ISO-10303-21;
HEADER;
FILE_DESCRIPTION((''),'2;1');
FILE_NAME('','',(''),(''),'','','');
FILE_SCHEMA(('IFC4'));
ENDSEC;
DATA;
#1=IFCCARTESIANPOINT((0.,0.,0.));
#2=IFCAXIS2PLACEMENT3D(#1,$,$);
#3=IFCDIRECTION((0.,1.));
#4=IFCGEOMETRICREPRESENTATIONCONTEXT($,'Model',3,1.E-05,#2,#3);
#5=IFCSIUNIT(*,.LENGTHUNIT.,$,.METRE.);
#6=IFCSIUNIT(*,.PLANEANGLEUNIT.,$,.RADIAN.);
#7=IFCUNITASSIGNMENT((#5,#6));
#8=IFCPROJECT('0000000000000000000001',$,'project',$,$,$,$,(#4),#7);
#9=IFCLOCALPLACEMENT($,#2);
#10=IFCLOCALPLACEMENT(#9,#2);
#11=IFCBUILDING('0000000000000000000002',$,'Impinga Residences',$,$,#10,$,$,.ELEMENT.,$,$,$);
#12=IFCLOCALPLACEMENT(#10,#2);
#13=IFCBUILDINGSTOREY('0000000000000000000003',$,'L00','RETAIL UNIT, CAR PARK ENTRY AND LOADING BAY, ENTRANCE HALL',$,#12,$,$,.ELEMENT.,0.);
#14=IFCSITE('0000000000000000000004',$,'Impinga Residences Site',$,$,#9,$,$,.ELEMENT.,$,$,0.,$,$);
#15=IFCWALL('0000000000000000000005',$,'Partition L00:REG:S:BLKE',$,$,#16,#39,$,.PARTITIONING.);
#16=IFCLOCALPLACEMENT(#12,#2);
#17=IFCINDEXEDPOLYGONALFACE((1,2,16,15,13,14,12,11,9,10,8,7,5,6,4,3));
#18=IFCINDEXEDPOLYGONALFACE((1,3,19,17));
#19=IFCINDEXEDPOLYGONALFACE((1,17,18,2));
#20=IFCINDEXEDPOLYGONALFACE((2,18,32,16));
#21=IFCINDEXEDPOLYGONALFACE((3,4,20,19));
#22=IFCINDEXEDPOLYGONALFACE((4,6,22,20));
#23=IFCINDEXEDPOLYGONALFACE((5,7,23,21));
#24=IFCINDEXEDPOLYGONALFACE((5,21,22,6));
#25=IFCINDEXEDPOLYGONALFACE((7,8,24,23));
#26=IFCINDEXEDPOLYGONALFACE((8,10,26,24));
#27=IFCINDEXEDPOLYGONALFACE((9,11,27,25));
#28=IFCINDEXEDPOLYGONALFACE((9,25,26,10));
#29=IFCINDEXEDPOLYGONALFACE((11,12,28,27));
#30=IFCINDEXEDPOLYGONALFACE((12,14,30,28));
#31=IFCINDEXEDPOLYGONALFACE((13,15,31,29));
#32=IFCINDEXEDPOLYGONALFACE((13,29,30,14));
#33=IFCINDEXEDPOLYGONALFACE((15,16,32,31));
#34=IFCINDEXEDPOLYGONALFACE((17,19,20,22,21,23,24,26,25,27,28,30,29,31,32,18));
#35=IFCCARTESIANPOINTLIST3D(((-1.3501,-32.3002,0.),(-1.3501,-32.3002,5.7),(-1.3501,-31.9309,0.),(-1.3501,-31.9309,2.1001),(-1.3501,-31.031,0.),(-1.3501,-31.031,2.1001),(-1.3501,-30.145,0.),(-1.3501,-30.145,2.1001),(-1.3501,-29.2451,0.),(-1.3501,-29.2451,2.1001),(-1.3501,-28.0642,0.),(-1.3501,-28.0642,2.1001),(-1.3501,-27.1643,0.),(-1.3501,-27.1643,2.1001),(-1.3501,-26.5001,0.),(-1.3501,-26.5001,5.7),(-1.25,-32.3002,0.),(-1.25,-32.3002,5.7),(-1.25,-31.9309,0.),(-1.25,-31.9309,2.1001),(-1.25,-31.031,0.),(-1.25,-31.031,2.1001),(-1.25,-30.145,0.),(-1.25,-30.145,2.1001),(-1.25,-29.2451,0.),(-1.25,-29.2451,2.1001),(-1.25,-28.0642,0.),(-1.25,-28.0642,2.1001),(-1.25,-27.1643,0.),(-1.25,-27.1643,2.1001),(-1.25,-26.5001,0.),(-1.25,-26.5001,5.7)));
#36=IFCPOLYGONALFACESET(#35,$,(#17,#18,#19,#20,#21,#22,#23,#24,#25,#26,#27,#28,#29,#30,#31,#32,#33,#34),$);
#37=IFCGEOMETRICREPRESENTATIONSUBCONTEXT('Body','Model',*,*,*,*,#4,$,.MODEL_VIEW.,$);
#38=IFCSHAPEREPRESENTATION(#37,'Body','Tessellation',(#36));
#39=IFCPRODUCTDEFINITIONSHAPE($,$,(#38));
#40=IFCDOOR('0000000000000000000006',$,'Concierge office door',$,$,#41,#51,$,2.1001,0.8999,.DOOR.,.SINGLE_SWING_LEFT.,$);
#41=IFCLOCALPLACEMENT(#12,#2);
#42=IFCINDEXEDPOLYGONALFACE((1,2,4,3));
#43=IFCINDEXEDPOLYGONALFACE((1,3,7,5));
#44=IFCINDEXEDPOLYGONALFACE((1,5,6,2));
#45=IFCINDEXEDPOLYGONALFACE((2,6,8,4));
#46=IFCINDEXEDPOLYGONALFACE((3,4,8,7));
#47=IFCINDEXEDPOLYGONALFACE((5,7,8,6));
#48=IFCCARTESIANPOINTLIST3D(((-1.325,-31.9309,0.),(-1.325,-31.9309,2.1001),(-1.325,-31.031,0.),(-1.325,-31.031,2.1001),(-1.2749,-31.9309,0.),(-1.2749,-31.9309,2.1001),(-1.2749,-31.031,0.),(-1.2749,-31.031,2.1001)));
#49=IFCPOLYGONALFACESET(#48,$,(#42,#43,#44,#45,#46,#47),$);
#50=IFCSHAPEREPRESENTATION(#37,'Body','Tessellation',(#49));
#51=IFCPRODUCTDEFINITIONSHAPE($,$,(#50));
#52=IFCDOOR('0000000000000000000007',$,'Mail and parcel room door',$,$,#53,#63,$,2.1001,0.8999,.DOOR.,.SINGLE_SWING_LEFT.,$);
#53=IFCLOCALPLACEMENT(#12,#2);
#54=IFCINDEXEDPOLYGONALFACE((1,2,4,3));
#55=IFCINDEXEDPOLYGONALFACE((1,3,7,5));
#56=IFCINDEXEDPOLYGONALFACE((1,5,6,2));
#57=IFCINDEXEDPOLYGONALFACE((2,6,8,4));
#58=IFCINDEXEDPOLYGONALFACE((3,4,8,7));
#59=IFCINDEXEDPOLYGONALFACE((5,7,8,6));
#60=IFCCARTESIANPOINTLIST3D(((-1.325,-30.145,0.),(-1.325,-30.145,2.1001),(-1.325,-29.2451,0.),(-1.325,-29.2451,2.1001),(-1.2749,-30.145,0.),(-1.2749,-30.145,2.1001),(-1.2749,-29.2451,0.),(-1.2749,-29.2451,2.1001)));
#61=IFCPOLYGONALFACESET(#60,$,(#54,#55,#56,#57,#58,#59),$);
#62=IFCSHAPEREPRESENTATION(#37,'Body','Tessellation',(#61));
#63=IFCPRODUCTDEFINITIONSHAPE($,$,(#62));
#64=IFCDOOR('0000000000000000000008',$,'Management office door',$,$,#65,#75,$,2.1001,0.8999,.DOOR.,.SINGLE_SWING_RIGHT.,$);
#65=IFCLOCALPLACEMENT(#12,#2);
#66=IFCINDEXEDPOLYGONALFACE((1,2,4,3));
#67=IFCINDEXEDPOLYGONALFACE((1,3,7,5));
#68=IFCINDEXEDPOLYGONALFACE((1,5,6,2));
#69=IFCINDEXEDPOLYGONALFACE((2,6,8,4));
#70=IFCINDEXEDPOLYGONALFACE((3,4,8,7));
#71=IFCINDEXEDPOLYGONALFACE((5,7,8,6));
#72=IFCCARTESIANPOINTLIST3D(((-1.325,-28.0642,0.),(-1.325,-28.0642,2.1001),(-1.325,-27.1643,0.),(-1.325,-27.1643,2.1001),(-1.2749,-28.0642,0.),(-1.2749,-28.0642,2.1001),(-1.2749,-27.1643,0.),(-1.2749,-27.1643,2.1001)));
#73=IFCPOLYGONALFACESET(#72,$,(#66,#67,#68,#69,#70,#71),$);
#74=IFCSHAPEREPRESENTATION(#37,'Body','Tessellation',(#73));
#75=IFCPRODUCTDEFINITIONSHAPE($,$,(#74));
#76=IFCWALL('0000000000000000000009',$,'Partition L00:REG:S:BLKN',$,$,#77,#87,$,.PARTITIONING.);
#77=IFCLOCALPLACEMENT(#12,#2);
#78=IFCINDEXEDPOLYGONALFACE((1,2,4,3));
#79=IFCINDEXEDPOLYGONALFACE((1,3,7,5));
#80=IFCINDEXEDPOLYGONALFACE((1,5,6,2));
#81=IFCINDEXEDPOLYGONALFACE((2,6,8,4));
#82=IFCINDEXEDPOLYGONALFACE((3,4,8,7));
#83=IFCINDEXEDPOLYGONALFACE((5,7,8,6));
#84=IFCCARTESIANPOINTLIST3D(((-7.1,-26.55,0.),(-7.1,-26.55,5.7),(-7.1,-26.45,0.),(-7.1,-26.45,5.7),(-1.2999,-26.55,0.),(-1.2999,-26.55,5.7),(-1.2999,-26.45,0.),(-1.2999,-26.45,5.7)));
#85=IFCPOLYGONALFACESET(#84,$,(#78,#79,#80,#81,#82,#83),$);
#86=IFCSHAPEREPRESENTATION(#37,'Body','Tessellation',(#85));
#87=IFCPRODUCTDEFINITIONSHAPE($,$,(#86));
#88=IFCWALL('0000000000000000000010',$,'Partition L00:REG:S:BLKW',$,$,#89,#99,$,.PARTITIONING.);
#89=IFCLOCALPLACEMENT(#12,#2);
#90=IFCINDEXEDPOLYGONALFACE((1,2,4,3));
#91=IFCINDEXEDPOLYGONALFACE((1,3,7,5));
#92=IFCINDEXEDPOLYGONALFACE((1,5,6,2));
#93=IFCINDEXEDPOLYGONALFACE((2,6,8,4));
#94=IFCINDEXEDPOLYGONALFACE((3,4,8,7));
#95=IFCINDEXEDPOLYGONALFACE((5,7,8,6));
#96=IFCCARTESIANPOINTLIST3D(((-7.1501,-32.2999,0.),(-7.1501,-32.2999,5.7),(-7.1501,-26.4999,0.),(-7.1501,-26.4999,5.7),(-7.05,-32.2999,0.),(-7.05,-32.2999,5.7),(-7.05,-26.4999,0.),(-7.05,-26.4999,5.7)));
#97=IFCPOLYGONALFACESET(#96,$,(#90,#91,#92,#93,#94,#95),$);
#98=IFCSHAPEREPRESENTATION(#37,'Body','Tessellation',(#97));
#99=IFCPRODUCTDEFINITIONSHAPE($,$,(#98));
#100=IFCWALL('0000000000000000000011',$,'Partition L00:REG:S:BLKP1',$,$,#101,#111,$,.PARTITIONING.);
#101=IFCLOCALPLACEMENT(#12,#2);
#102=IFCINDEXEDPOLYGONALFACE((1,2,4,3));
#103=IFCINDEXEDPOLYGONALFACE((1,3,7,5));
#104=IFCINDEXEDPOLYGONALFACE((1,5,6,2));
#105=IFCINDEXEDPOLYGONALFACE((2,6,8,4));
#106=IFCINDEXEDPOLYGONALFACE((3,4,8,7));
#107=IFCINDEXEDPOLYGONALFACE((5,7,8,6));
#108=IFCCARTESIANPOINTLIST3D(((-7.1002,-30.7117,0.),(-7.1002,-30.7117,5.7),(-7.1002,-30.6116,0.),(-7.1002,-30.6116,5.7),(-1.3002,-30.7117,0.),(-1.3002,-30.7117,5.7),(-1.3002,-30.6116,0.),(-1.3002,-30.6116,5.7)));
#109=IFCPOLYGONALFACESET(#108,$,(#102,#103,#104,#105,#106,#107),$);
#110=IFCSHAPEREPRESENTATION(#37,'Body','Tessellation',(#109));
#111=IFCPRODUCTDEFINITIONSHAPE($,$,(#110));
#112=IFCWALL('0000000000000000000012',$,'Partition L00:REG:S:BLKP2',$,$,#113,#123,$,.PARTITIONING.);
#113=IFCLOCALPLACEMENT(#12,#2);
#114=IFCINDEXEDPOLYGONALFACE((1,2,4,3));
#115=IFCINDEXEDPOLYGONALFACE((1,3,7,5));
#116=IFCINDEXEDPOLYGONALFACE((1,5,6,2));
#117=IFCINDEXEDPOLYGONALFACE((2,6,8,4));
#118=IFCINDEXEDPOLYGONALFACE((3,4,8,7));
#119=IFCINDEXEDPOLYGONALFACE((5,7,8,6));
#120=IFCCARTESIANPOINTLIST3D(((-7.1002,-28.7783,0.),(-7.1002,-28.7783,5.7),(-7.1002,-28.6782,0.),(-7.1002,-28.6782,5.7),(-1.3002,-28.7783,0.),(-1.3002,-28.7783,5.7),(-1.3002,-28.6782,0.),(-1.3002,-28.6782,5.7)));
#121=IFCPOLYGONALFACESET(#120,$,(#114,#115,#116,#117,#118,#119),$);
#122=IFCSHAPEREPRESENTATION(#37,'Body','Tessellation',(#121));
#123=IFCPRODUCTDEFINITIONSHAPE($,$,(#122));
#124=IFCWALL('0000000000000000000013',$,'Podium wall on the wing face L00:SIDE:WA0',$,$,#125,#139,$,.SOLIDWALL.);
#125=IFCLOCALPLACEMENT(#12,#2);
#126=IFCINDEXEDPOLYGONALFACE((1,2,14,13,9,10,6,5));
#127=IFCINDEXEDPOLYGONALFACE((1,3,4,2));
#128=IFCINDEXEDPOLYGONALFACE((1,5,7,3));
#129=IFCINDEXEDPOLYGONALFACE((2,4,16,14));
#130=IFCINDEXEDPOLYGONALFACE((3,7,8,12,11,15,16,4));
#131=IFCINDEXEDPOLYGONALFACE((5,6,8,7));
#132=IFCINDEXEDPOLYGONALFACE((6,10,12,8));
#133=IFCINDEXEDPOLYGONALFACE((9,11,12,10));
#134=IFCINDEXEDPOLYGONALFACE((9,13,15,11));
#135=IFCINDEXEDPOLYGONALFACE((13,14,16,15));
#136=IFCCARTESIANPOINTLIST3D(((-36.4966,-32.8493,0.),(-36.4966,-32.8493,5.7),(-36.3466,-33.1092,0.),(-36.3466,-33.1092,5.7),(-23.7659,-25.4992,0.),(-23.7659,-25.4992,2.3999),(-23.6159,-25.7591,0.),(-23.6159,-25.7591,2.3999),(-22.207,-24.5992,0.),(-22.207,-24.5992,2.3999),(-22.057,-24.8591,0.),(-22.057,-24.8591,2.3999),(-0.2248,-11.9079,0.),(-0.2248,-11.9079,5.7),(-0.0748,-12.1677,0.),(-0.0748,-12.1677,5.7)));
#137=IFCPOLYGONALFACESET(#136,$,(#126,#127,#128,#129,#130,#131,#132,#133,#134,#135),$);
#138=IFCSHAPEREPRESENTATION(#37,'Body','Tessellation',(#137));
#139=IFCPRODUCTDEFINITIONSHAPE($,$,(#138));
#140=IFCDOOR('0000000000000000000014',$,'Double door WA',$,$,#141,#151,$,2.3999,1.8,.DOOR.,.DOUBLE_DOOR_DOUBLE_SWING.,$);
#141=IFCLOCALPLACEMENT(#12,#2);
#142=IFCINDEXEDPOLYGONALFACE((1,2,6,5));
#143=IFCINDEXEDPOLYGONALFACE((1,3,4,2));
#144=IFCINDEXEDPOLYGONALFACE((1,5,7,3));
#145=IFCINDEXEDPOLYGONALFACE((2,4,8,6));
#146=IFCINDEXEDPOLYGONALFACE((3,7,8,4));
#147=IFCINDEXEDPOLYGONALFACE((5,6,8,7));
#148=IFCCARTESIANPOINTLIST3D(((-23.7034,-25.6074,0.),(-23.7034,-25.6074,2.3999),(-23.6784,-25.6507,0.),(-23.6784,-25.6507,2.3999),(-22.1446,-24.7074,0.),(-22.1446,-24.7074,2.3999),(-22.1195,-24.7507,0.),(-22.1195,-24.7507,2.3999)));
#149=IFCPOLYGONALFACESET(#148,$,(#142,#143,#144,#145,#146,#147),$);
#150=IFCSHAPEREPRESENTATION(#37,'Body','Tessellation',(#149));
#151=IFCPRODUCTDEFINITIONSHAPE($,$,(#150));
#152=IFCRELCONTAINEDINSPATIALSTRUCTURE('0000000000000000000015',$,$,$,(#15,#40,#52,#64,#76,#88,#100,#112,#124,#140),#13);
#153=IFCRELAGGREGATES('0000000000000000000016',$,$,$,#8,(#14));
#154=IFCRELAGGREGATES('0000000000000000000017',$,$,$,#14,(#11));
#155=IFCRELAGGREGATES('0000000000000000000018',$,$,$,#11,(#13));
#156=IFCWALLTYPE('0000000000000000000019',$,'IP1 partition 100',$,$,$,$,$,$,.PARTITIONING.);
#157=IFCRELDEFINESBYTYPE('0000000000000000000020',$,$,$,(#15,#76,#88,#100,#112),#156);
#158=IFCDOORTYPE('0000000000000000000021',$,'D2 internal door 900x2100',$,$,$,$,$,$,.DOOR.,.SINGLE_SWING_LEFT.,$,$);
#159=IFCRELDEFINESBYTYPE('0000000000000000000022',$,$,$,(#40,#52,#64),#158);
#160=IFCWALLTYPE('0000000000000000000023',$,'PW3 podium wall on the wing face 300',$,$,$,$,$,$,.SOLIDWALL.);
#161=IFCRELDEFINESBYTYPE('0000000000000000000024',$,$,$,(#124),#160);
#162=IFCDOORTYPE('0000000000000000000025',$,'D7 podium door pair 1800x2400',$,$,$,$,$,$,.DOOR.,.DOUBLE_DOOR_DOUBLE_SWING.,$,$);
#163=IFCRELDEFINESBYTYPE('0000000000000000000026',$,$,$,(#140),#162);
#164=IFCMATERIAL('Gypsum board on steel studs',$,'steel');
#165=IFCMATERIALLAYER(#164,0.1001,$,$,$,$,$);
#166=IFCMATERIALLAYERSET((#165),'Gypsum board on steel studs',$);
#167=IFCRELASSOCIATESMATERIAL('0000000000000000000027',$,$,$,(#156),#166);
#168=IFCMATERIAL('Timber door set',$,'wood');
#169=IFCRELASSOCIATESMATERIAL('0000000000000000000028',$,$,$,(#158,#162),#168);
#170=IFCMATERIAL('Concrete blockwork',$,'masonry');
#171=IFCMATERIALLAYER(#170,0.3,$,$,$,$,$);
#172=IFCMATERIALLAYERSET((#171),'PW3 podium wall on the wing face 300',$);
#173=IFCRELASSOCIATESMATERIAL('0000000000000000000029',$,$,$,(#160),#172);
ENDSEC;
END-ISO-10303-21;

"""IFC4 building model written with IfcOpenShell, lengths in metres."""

from ifc_helpers import new_model, si_unit, direction, frame, frame_2d, origin, place, context, subcontext, project, spatial, rectangle, extrude, material, layer, layer_set, type_object, element, fill, save


model = new_model("IFC4")

# Units and contexts
model_context = context("Model", 3, precision=1e-05, world=origin(), true_north=direction((0.0, 1.0)))
body_context = subcontext(model_context, "Body", "Model", "MODEL_VIEW")
ifc_project = project(units=[si_unit("LENGTHUNIT", "METRE"), si_unit("PLANEANGLEUNIT", "RADIAN")], contexts=[model_context])

# Site, building, storey
site_placement = place(None, origin())
site = spatial("IfcSite", under=ifc_project, at=site_placement, Name="Impinga Residences Site", CompositionType="ELEMENT", RefElevation=0.0)
building_placement = place(site_placement, origin())
building = spatial("IfcBuilding", under=site, at=building_placement, Name="Impinga Residences", CompositionType="ELEMENT")
storey_placement = place(building_placement, origin())
storey = spatial("IfcBuildingStorey", under=building, at=storey_placement, Name="L00", Description="RETAIL UNIT, CAR PARK ENTRY AND LOADING BAY, ENTRANCE HALL", CompositionType="ELEMENT", Elevation=0.0)

# Wall, openings, doors
ifc_material_1 = material(Name="Gypsum board on steel studs", Category="steel")
ifc_layer_1 = layer(ifc_material_1, 0.1001)
ifc_layer_set_1 = layer_set([ifc_layer_1], Name="Gypsum board on steel studs")
wall_type_1 = type_object("IfcWallType", Name="IP1 partition 100", PredefinedType="PARTITIONING", material=ifc_layer_set_1)
wall_1_placement = place(storey_placement, frame((-1.3, -32.3, 0.0), z_axis=(0.0, 0.0, 1.0), x_axis=(0.0, 1.0, 0.0)))
wall_1 = element("IfcWall", 1, at=wall_1_placement, inside=storey, type_object=wall_type_1, Name="Partition L00:REG:S:BLKE", PredefinedType="PARTITIONING", context=body_context, shape_type="SweptSolid", body=[
    extrude(rectangle(XDim=5.8, YDim=0.1001, at=frame_2d((2.8999, 0.0))), origin(), (0.0, 0.0, 1.0), 5.7),
])
opening_1_placement = place(wall_1_placement, frame((0.3691, 0.0, 0.0)))
opening_1 = element("IfcOpeningElement", 2, at=opening_1_placement, cuts=wall_1, PredefinedType="OPENING", context=body_context, shape_type="SweptSolid", body=[
    extrude(rectangle(XDim=0.8999, YDim=2.1001, at=frame_2d((0.45, 1.05))), frame((0.0, 0.0601, 0.0), z_axis=(0.0, -1.0, 0.0), x_axis=(1.0, 0.0, 0.0)), (0.0, 0.0, 1.0), 0.1201),
])
opening_2_placement = place(wall_1_placement, frame((2.155, 0.0, 0.0)))
opening_2 = element("IfcOpeningElement", 3, at=opening_2_placement, cuts=wall_1, PredefinedType="OPENING", context=body_context, shape_type="SweptSolid", body=[
    extrude(rectangle(XDim=0.8999, YDim=2.1001, at=frame_2d((0.45, 1.05))), frame((0.0, 0.0601, 0.0), z_axis=(0.0, -1.0, 0.0), x_axis=(1.0, 0.0, 0.0)), (0.0, 0.0, 1.0), 0.1201),
])
opening_3_placement = place(wall_1_placement, frame((4.2358, 0.0, 0.0)))
opening_3 = element("IfcOpeningElement", 4, at=opening_3_placement, cuts=wall_1, PredefinedType="OPENING", context=body_context, shape_type="SweptSolid", body=[
    extrude(rectangle(XDim=0.8999, YDim=2.1001, at=frame_2d((0.45, 1.05))), frame((0.0, 0.0601, 0.0), z_axis=(0.0, -1.0, 0.0), x_axis=(1.0, 0.0, 0.0)), (0.0, 0.0, 1.0), 0.1201),
])
ifc_material_2 = material(Name="Timber door set", Category="wood")
door_type_1 = type_object("IfcDoorType", Name="D2 internal door 900x2100", OperationType="SINGLE_SWING_LEFT", PredefinedType="DOOR", material=ifc_material_2)
door_1_placement = place(opening_1_placement, origin())
door_1 = element("IfcDoor", 5, at=door_1_placement, inside=storey, type_object=door_type_1, Name="Concierge office door", OperationType="SINGLE_SWING_LEFT", OverallHeight=2.1001, OverallWidth=0.8999, PredefinedType="DOOR", context=body_context, shape_type="SweptSolid", body=[
    extrude(rectangle(XDim=0.8999, YDim=2.1001, at=frame_2d((0.45, 1.05))), frame((0.0, 0.0249, 0.0), z_axis=(0.0, -1.0, 0.0), x_axis=(1.0, 0.0, 0.0)), (0.0, 0.0, 1.0), 0.05),
])
fill(opening_1, door_1)
door_2_placement = place(opening_2_placement, origin())
door_2 = element("IfcDoor", 6, at=door_2_placement, inside=storey, type_object=door_type_1, Name="Mail and parcel room door", OperationType="SINGLE_SWING_LEFT", OverallHeight=2.1001, OverallWidth=0.8999, PredefinedType="DOOR", context=body_context, shape_type="SweptSolid", body=[
    extrude(rectangle(XDim=0.8999, YDim=2.1001, at=frame_2d((0.45, 1.05))), frame((0.0, 0.0249, 0.0), z_axis=(0.0, -1.0, 0.0), x_axis=(1.0, 0.0, 0.0)), (0.0, 0.0, 1.0), 0.05),
])
fill(opening_2, door_2)
door_3_placement = place(opening_3_placement, origin())
door_3 = element("IfcDoor", 7, at=door_3_placement, inside=storey, type_object=door_type_1, Name="Management office door", OperationType="SINGLE_SWING_RIGHT", OverallHeight=2.1001, OverallWidth=0.8999, PredefinedType="DOOR", context=body_context, shape_type="SweptSolid", body=[
    extrude(rectangle(XDim=0.8999, YDim=2.1001, at=frame_2d((0.45, 1.05))), frame((0.0, 0.0249, 0.0), z_axis=(0.0, -1.0, 0.0), x_axis=(1.0, 0.0, 0.0)), (0.0, 0.0, 1.0), 0.05),
])
fill(opening_3, door_3)

# Walls
for number, where, z_axis, x_axis, name in (
    (8, (-1.3, -26.5, 0.0), (0.0, 0.0, 1.0), (-1.0, 0.0, 0.0), "Partition L00:REG:S:BLKN"),
    (9, (-7.1001, -26.5, 0.0), (0.0, 0.0, 1.0), (0.0, -1.0, 0.0), "Partition L00:REG:S:BLKW"),
    (10, (-7.1001, -30.6616, 0.0), (0.0, 0.0, 1.0), (1.0, 0.0, 0.0), "Partition L00:REG:S:BLKP1"),
    (11, (-7.1001, -28.7283, 0.0), (0.0, 0.0, 1.0), (1.0, 0.0, 0.0), "Partition L00:REG:S:BLKP2"),
):
    element("IfcWall", number, at=place(storey_placement, frame(where, z_axis=z_axis, x_axis=x_axis)), inside=storey, type_object=wall_type_1, Name=name, PredefinedType="PARTITIONING", context=body_context, shape_type="SweptSolid", body=[
        extrude(rectangle(XDim=5.8, YDim=0.1001, at=frame_2d((2.8999, 0.0))), origin(), (0.0, 0.0, 1.0), 5.7),
    ])

# Wall, opening, door
ifc_material_3 = material(Name="Concrete blockwork", Category="masonry")
ifc_layer_2 = layer(ifc_material_3, 0.3)
ifc_layer_set_2 = layer_set([ifc_layer_2], Name="PW3 podium wall on the wing face 300")
wall_type_2 = type_object("IfcWallType", Name="PW3 podium wall on the wing face 300", PredefinedType="SOLIDWALL", material=ifc_layer_set_2)
wall_2_placement = place(storey_placement, frame((-0.1499, -12.0378, 0.0), z_axis=(0.0, 0.0, 1.0), x_axis=(-0.866026, -0.499998, 0.0)))
wall_2 = element("IfcWall", 12, at=wall_2_placement, inside=storey, type_object=wall_type_2, Name="Podium wall on the wing face L00:SIDE:WA0", PredefinedType="SOLIDWALL", context=body_context, shape_type="SweptSolid", body=[
    extrude(rectangle(XDim=41.8831, YDim=0.3, at=frame_2d((20.9414, 0.0))), origin(), (0.0, 0.0, 1.0), 5.7),
])
opening_4_placement = place(wall_2_placement, frame((25.3828, 0.0, 0.0)))
opening_4 = element("IfcOpeningElement", 13, at=opening_4_placement, cuts=wall_2, PredefinedType="OPENING", context=body_context, shape_type="SweptSolid", body=[
    extrude(rectangle(XDim=1.8, YDim=2.3999, at=frame_2d((0.8999, 1.2))), frame((0.0, 0.1599, 0.0), z_axis=(0.0, -1.0, 0.0), x_axis=(1.0, 0.0, 0.0)), (0.0, 0.0, 1.0), 0.3201),
])
door_type_2 = type_object("IfcDoorType", Name="D7 podium door pair 1800x2400", OperationType="DOUBLE_DOOR_DOUBLE_SWING", PredefinedType="DOOR", material=ifc_material_2)
door_4_placement = place(opening_4_placement, origin())
door_4 = element("IfcDoor", 14, at=door_4_placement, inside=storey, type_object=door_type_2, Name="Double door WA", OperationType="DOUBLE_DOOR_DOUBLE_SWING", OverallHeight=2.3999, OverallWidth=1.8, PredefinedType="DOOR", context=body_context, shape_type="SweptSolid", body=[
    extrude(rectangle(XDim=1.8, YDim=2.3999, at=frame_2d((0.8999, 1.2))), frame((0.0, 0.0249, 0.0), z_axis=(0.0, -1.0, 0.0), x_axis=(1.0, 0.0, 0.0)), (0.0, 0.0, 1.0), 0.05),
])
fill(opening_4, door_4)

save(model, "model.ifc")
